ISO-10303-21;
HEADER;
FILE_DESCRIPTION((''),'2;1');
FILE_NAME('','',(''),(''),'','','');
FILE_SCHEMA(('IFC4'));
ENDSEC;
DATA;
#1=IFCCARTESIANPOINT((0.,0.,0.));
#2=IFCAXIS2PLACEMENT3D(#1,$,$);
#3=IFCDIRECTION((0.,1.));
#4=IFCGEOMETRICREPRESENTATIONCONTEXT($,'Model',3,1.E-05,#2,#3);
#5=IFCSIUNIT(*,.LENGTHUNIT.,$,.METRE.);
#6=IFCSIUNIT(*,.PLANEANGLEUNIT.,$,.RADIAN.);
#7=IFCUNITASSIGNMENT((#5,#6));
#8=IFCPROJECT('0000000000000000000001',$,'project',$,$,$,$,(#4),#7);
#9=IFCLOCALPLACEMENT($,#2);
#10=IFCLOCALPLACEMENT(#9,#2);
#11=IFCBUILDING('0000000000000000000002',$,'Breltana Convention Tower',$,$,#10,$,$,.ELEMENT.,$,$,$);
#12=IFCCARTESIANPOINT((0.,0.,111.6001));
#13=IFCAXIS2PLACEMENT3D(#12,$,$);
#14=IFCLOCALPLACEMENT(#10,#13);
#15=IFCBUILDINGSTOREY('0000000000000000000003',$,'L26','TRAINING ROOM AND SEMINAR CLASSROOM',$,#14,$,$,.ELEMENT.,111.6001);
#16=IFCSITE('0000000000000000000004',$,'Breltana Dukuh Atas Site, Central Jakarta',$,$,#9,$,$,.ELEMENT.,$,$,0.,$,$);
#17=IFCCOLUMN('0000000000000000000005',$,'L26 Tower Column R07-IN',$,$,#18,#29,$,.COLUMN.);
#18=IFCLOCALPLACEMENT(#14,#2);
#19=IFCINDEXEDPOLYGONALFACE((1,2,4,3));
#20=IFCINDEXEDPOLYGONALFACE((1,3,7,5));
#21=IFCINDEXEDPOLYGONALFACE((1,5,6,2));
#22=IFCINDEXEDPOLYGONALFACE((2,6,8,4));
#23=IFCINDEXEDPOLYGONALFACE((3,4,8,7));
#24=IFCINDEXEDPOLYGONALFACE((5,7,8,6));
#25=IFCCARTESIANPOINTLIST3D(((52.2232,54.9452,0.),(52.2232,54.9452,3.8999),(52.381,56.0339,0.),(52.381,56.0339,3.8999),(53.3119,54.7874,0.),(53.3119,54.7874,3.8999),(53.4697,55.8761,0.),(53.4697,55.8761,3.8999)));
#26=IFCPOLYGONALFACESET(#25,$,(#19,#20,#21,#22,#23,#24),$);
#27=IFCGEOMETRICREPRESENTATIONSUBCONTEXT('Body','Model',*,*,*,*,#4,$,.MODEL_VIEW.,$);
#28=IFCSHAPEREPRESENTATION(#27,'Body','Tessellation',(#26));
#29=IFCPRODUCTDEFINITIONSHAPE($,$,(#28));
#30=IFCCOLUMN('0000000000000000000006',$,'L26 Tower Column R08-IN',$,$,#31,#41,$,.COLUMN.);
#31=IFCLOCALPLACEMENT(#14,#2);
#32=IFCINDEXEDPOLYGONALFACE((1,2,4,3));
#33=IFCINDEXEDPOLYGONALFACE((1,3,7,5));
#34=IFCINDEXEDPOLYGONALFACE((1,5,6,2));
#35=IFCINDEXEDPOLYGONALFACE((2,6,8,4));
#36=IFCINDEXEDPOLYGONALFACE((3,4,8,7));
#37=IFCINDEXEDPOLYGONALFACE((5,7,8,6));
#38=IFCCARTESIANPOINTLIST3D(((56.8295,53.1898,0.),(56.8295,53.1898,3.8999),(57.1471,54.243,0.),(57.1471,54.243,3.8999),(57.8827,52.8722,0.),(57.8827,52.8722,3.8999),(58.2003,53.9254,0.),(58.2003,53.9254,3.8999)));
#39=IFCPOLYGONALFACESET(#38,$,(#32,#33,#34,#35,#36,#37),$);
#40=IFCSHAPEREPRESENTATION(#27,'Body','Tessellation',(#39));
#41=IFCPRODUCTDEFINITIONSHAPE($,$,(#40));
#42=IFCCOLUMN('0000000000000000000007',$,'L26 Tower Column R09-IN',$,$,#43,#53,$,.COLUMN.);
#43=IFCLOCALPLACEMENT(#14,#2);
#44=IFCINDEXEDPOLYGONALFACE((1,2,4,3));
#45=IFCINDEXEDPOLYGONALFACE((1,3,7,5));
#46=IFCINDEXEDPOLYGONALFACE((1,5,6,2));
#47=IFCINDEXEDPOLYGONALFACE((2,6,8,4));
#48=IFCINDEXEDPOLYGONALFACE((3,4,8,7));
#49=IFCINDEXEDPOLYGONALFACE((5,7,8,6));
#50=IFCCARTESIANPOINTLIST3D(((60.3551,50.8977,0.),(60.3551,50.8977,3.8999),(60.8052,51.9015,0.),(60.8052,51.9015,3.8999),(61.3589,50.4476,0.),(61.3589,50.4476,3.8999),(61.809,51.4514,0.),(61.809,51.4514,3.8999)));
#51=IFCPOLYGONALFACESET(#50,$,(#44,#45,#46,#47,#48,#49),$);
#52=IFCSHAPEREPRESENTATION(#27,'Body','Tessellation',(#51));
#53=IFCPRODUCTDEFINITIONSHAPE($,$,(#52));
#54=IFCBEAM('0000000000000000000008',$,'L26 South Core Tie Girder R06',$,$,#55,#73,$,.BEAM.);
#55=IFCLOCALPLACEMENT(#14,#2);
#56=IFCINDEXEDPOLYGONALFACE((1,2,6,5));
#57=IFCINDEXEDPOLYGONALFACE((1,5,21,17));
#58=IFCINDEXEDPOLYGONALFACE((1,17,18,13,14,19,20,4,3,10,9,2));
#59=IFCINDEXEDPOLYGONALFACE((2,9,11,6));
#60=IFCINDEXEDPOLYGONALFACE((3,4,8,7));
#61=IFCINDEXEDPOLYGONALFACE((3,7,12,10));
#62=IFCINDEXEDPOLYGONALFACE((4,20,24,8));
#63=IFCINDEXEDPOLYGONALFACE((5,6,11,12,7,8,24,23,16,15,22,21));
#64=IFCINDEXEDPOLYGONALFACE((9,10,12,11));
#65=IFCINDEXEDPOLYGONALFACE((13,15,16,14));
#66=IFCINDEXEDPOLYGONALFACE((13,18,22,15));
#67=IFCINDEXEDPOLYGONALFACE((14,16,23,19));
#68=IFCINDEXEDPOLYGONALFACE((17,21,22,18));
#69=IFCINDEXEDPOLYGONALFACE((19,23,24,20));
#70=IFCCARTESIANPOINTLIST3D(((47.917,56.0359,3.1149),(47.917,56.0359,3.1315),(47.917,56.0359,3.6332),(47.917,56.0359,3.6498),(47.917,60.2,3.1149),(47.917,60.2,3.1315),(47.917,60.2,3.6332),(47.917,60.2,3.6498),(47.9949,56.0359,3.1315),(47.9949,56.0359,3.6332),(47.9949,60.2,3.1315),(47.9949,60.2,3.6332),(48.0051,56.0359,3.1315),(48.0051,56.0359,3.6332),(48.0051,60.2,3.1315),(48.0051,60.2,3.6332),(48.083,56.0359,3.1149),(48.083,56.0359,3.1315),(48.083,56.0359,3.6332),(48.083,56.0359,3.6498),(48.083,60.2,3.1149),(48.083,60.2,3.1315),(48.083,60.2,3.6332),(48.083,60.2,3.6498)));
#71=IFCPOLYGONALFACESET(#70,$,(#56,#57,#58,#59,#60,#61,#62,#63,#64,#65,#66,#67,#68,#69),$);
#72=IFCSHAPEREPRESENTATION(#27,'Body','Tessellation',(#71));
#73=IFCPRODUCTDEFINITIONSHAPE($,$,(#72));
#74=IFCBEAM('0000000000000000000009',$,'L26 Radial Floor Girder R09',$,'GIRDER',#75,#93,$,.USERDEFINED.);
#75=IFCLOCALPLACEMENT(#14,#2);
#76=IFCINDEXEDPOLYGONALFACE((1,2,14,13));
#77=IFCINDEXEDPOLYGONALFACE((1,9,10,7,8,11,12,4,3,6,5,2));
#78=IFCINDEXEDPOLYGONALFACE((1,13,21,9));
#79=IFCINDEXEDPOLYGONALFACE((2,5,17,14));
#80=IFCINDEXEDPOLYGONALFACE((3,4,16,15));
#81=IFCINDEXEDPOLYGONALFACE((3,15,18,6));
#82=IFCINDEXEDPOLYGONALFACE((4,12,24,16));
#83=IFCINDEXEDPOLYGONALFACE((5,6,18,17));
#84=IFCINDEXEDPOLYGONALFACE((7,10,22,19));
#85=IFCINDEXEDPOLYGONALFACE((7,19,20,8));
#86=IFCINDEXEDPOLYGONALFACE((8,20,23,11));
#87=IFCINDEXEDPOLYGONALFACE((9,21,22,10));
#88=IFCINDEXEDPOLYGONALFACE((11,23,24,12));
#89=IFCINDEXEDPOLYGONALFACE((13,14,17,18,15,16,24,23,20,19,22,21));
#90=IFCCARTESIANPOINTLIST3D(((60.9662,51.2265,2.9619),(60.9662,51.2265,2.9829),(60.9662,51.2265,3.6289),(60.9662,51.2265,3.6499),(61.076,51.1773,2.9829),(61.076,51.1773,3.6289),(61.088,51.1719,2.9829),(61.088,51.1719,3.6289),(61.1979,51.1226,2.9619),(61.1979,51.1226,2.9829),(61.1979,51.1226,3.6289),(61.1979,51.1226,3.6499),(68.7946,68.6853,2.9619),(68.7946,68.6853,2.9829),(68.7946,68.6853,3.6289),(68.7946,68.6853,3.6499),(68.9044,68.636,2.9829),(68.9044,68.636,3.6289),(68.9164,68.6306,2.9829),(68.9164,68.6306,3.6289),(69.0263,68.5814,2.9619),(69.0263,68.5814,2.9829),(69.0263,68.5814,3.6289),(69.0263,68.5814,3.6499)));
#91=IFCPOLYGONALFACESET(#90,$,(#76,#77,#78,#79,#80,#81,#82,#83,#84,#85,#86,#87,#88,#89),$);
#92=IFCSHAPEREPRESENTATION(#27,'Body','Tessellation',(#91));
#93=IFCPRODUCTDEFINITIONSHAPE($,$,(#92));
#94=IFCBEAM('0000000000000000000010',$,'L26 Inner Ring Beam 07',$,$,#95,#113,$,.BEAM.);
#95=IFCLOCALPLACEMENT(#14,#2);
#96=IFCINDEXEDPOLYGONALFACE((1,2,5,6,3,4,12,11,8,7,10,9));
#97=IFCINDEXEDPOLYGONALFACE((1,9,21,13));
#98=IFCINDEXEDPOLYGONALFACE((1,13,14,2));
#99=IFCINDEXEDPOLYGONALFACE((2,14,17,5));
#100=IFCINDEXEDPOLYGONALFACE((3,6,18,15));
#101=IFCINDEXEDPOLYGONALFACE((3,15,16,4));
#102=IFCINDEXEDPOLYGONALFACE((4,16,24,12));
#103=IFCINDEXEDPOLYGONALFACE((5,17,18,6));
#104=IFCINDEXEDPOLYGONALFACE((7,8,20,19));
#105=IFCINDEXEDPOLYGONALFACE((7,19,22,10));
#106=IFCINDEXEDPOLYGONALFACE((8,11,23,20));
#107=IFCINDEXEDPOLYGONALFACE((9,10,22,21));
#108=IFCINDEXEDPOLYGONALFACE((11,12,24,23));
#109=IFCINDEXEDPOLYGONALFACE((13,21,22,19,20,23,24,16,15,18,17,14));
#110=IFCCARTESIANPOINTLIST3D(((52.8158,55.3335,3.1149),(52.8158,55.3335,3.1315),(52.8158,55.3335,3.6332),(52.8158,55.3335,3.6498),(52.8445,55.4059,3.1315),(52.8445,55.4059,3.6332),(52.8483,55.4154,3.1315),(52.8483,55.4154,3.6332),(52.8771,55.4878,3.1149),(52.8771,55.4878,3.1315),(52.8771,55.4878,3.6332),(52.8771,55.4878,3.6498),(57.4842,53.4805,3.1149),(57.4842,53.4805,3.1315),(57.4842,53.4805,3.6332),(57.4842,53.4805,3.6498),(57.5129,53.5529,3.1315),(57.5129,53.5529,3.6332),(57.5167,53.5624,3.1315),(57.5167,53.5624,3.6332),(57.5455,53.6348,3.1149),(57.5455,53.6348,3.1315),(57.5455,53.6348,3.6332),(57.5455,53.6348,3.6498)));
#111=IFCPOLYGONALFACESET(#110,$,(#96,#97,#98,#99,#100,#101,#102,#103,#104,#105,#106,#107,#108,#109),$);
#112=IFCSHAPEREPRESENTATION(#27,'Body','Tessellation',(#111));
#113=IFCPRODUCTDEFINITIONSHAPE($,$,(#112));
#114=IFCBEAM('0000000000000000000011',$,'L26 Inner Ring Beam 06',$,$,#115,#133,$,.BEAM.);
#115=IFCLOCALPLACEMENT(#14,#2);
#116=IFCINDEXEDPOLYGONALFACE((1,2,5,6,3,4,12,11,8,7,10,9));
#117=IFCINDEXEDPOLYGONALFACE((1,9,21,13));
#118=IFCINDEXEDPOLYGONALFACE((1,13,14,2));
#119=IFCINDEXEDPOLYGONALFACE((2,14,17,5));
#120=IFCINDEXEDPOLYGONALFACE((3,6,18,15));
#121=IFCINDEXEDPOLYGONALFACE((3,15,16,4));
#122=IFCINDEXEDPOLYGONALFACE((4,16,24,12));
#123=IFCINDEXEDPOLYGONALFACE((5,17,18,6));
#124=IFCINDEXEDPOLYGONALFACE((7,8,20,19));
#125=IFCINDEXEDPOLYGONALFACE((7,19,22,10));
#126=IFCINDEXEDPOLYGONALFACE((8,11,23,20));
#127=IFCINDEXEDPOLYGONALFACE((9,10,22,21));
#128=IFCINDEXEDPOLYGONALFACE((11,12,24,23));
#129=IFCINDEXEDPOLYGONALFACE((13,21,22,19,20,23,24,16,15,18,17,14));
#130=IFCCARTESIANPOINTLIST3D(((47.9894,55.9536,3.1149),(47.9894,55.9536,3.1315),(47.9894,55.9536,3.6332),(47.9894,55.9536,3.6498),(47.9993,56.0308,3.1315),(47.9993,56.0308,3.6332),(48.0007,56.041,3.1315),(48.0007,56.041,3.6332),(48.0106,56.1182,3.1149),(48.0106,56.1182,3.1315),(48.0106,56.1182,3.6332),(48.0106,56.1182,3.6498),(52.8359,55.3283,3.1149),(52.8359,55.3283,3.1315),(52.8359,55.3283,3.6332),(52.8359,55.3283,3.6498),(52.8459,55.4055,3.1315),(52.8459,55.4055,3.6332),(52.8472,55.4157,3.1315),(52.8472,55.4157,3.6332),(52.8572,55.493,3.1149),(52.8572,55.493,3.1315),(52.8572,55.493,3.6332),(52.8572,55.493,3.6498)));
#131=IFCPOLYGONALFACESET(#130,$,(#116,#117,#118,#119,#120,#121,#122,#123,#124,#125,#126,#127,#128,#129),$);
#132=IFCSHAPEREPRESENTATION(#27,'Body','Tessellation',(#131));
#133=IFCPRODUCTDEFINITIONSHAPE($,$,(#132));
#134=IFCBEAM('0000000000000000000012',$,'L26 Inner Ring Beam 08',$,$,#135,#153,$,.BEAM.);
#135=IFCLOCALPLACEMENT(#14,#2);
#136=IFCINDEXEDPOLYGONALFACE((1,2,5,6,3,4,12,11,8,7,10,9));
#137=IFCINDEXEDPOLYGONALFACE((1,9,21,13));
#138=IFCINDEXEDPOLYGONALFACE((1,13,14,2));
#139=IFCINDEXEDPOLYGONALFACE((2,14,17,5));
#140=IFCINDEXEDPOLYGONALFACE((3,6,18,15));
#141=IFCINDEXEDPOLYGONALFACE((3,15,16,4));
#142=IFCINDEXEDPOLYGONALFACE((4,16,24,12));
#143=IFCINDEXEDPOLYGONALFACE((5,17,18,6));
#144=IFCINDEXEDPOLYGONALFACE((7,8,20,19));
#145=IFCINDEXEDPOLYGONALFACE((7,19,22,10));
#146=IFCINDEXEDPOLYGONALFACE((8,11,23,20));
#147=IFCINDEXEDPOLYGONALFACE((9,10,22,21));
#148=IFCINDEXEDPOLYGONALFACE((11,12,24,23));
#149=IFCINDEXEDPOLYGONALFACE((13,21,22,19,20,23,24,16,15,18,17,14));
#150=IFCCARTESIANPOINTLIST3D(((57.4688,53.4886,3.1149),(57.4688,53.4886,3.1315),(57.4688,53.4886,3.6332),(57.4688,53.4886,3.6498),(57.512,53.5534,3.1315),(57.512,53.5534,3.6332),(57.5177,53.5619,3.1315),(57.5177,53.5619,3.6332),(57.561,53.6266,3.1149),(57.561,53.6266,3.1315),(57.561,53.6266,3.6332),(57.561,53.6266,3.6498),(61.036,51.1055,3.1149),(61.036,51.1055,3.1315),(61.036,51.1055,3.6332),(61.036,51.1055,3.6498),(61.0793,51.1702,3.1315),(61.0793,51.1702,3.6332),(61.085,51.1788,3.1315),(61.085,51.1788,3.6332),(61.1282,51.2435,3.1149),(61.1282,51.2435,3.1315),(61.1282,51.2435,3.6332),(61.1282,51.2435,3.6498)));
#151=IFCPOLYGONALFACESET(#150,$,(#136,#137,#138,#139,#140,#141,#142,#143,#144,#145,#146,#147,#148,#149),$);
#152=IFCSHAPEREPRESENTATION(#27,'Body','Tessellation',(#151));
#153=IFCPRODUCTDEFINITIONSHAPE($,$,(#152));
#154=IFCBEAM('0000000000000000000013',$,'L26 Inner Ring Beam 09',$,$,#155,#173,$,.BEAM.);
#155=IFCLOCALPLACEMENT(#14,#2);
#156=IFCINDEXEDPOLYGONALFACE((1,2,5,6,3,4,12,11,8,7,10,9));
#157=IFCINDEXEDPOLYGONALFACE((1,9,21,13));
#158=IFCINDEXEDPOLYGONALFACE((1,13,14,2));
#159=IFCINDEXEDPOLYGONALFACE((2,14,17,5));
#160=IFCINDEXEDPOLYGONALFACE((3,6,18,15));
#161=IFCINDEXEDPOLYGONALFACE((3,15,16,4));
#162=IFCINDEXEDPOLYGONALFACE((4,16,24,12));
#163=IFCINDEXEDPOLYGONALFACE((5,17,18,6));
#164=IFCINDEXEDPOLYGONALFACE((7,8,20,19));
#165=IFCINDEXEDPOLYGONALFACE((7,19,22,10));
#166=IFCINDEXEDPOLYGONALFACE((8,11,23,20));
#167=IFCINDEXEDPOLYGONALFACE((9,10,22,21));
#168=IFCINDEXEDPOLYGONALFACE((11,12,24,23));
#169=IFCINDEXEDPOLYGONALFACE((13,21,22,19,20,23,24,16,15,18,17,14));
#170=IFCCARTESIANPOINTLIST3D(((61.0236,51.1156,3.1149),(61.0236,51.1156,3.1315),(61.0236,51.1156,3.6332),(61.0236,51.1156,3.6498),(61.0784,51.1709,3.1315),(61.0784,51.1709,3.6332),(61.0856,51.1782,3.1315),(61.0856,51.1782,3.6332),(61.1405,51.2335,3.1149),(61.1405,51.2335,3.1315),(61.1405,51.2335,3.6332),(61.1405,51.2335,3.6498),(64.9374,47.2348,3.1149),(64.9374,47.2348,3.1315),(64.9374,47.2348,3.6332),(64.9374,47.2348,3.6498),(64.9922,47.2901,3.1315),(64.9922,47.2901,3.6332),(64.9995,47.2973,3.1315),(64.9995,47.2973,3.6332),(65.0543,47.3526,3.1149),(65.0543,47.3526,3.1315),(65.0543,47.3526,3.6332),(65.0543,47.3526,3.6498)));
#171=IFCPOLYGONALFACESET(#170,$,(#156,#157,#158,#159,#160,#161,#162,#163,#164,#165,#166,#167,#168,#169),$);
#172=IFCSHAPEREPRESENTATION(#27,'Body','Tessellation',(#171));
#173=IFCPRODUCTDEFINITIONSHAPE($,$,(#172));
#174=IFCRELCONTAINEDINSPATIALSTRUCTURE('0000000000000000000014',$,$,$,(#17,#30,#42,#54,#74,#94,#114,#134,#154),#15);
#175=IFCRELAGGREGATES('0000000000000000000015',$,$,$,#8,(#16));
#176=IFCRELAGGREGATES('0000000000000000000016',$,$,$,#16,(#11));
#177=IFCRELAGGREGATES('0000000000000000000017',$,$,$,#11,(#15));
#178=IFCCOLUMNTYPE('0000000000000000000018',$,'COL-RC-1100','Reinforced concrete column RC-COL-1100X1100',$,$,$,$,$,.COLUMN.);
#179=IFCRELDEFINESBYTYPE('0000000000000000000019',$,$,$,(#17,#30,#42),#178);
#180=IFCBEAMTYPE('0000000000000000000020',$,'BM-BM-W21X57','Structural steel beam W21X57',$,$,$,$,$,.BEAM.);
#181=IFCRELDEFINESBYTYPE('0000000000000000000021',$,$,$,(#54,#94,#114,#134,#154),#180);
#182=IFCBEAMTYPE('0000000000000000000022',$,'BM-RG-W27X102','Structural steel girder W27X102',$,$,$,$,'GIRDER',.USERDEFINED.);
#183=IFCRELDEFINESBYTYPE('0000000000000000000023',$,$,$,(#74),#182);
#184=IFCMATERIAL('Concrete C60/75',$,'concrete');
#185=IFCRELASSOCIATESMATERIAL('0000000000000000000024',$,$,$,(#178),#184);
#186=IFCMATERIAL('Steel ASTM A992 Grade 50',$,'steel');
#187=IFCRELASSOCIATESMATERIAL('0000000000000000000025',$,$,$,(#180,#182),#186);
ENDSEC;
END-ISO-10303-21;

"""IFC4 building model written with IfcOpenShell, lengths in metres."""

from ifc_helpers import new_model, si_unit, direction, frame, origin, origin_2d, place, context, subcontext, project, spatial, rectangle, i_section, extrude, source, transform, mapped, material, material_profile, profile_set, type_object, element, save


model = new_model("IFC4")

# Units and contexts
model_context = context("Model", 3, precision=1e-05, world=origin(), true_north=direction((0.0, 1.0)))
body_context = subcontext(model_context, "Body", "Model", "MODEL_VIEW")
ifc_project = project(units=[si_unit("LENGTHUNIT", "METRE"), si_unit("PLANEANGLEUNIT", "RADIAN")], contexts=[model_context])

# Site, building, storey
site_placement = place(None, origin())
site = spatial("IfcSite", under=ifc_project, at=site_placement, Name="Breltana Dukuh Atas Site, Central Jakarta", CompositionType="ELEMENT", RefElevation=0.0)
building_placement = place(site_placement, origin())
building = spatial("IfcBuilding", under=site, at=building_placement, Name="Breltana Convention Tower", CompositionType="ELEMENT")
storey_placement = place(building_placement, frame((0.0, 0.0, 111.6001)))
storey = spatial("IfcBuildingStorey", under=building, at=storey_placement, Name="L26", Description="TRAINING ROOM AND SEMINAR CLASSROOM", CompositionType="ELEMENT", Elevation=111.6001)

# Columns
ifc_material_1 = material(Name="Concrete C60/75", Category="concrete")
ifc_material_profile_1 = material_profile(ifc_material_1, rectangle(XDim=1.1001, YDim=1.1001, at=origin_2d()), Name="RC-COL-1100X1100")
ifc_profile_set_1 = profile_set([ifc_material_profile_1], Name="Concrete C60/75")
column_type = type_object("IfcColumnType", Name="COL-RC-1100", Description="Reinforced concrete column RC-COL-1100X1100", PredefinedType="COLUMN", material=ifc_profile_set_1)
shared_shape_1 = source(origin(), body_context, "Body", "SweptSolid", [
    extrude(rectangle(XDim=1.1001, YDim=1.1001, at=origin_2d()), origin(), (0.0, 0.0, 1.0), 3.8999),
])
for number, where, z_axis, x_axis, name in (
    (1, (52.8464, 55.4106, 0.0), (0.0, 0.0, 1.0), (0.143493, 0.989651, 0.0), "L26 Tower Column R07-IN"),
    (2, (57.5149, 53.5576, 0.0), (0.0, 0.0, 1.0), (0.288698, 0.95742, 0.0), "L26 Tower Column R08-IN"),
    (3, (61.082, 51.1746, 0.0), (0.0, 0.0, 1.0), (0.409127, 0.912477, 0.0), "L26 Tower Column R09-IN"),
):
    element("IfcColumn", number, at=place(storey_placement, frame(where, z_axis=z_axis, x_axis=x_axis)), inside=storey, type_object=column_type, Name=name, PredefinedType="COLUMN", context=body_context, shape_type="MappedRepresentation", body=[
        mapped(shared_shape_1, transform((0.0, 0.0, 0.0), scale=1.0)),
    ])

# Beams
ifc_material_2 = material(Name="Steel ASTM A992 Grade 50", Category="steel")
ifc_material_profile_2 = material_profile(ifc_material_2, i_section(OverallWidth=0.166, OverallDepth=0.5349, WebThickness=0.0103, FlangeThickness=0.0166, at=origin_2d()), Name="W21X57")
ifc_profile_set_2 = profile_set([ifc_material_profile_2], Name="Steel ASTM A992 Grade 50")
beam_type_1 = type_object("IfcBeamType", Name="BM-BM-W21X57", Description="Structural steel beam W21X57", PredefinedType="BEAM", material=ifc_profile_set_2)
shared_shape_2 = source(origin(), body_context, "Body", "SweptSolid", [
    extrude(i_section(OverallWidth=0.166, OverallDepth=0.5349, WebThickness=0.0103, FlangeThickness=0.0166, at=origin_2d()), origin(), (0.0, 0.0, 1.0), 4.1641),
])
beam_1_placement = place(storey_placement, frame((48.0, 60.2, 3.3823), z_axis=(0.0, -1.0, 0.0), x_axis=(1.0, 0.0, 0.0)))
element("IfcBeam", 4, at=beam_1_placement, inside=storey, type_object=beam_type_1, Name="L26 South Core Tie Girder R06", PredefinedType="BEAM", context=body_context, shape_type="MappedRepresentation", body=[
    mapped(shared_shape_2, transform((0.0, 0.0, 0.0), scale=1.0)),
])
ifc_material_profile_3 = material_profile(ifc_material_2, i_section(OverallWidth=0.2539, OverallDepth=0.688, WebThickness=0.0132, FlangeThickness=0.021, at=origin_2d()), Name="W27X102")
ifc_profile_set_3 = profile_set([ifc_material_profile_3], Name="Steel ASTM A992 Grade 50")
beam_type_2 = type_object("IfcBeamType", Name="BM-RG-W27X102", Description="Structural steel girder W27X102", ElementType="GIRDER", PredefinedType="USERDEFINED", material=ifc_profile_set_3)
shared_shape_3 = source(origin(), body_context, "Body", "SweptSolid", [
    extrude(i_section(OverallWidth=0.2539, OverallDepth=0.688, WebThickness=0.0132, FlangeThickness=0.021, at=origin_2d()), origin(), (0.0, 0.0, 1.0), 19.1335),
])
beam_2_placement = place(storey_placement, frame((61.082, 51.1746, 3.3059), z_axis=(0.409145, 0.91247, 0.0), x_axis=(-0.91247, 0.409145, 0.0)))
element("IfcBeam", 5, at=beam_2_placement, inside=storey, type_object=beam_type_2, Name="L26 Radial Floor Girder R09", ObjectType="GIRDER", PredefinedType="USERDEFINED", context=body_context, shape_type="MappedRepresentation", body=[
    mapped(shared_shape_3, transform((0.0, 0.0, 0.0), scale=1.0)),
])
shared_shape_4 = source(origin(), body_context, "Body", "SweptSolid", [
    extrude(i_section(OverallWidth=0.166, OverallDepth=0.5349, WebThickness=0.0103, FlangeThickness=0.0166, at=origin_2d()), origin(), (0.0, 0.0, 1.0), 5.0227),
])
beam_3_placement = place(storey_placement, frame((52.8464, 55.4106, 3.3823), z_axis=(0.929459, -0.368926, 0.0), x_axis=(0.368926, 0.929459, 0.0)))
element("IfcBeam", 6, at=beam_3_placement, inside=storey, type_object=beam_type_1, Name="L26 Inner Ring Beam 07", PredefinedType="BEAM", context=body_context, shape_type="MappedRepresentation", body=[
    mapped(shared_shape_4, transform((0.0, 0.0, 0.0), scale=1.0)),
])
shared_shape_5 = source(origin(), body_context, "Body", "SweptSolid", [
    extrude(i_section(OverallWidth=0.166, OverallDepth=0.5349, WebThickness=0.0103, FlangeThickness=0.0166, at=origin_2d()), origin(), (0.0, 0.0, 1.0), 4.8867),
])
beam_4_placement = place(storey_placement, frame((48.0, 56.0359, 3.3823), z_axis=(0.991781, -0.127951, 0.0), x_axis=(0.127951, 0.991781, 0.0)))
element("IfcBeam", 7, at=beam_4_placement, inside=storey, type_object=beam_type_1, Name="L26 Inner Ring Beam 06", PredefinedType="BEAM", context=body_context, shape_type="MappedRepresentation", body=[
    mapped(shared_shape_5, transform((0.0, 0.0, 0.0), scale=1.0)),
])
shared_shape_6 = source(origin(), body_context, "Body", "SweptSolid", [
    extrude(i_section(OverallWidth=0.166, OverallDepth=0.5349, WebThickness=0.0103, FlangeThickness=0.0166, at=origin_2d()), origin(), (0.0, 0.0, 1.0), 4.29),
])
beam_5_placement = place(storey_placement, frame((57.5149, 53.5576, 3.3823), z_axis=(0.831516, -0.555501, 0.0), x_axis=(0.555501, 0.831516, 0.0)))
element("IfcBeam", 8, at=beam_5_placement, inside=storey, type_object=beam_type_1, Name="L26 Inner Ring Beam 08", PredefinedType="BEAM", context=body_context, shape_type="MappedRepresentation", body=[
    mapped(shared_shape_6, transform((0.0, 0.0, 0.0), scale=1.0)),
])
shared_shape_7 = source(origin(), body_context, "Body", "SweptSolid", [
    extrude(i_section(OverallWidth=0.166, OverallDepth=0.5349, WebThickness=0.0103, FlangeThickness=0.0166, at=origin_2d()), origin(), (0.0, 0.0, 1.0), 5.5117),
])
beam_6_placement = place(storey_placement, frame((61.082, 51.1746, 3.3823), z_axis=(0.71009, -0.704111, 0.0), x_axis=(0.704111, 0.71009, 0.0)))
element("IfcBeam", 9, at=beam_6_placement, inside=storey, type_object=beam_type_1, Name="L26 Inner Ring Beam 09", PredefinedType="BEAM", context=body_context, shape_type="MappedRepresentation", body=[
    mapped(shared_shape_7, transform((0.0, 0.0, 0.0), scale=1.0)),
])

save(model, "model.ifc")
